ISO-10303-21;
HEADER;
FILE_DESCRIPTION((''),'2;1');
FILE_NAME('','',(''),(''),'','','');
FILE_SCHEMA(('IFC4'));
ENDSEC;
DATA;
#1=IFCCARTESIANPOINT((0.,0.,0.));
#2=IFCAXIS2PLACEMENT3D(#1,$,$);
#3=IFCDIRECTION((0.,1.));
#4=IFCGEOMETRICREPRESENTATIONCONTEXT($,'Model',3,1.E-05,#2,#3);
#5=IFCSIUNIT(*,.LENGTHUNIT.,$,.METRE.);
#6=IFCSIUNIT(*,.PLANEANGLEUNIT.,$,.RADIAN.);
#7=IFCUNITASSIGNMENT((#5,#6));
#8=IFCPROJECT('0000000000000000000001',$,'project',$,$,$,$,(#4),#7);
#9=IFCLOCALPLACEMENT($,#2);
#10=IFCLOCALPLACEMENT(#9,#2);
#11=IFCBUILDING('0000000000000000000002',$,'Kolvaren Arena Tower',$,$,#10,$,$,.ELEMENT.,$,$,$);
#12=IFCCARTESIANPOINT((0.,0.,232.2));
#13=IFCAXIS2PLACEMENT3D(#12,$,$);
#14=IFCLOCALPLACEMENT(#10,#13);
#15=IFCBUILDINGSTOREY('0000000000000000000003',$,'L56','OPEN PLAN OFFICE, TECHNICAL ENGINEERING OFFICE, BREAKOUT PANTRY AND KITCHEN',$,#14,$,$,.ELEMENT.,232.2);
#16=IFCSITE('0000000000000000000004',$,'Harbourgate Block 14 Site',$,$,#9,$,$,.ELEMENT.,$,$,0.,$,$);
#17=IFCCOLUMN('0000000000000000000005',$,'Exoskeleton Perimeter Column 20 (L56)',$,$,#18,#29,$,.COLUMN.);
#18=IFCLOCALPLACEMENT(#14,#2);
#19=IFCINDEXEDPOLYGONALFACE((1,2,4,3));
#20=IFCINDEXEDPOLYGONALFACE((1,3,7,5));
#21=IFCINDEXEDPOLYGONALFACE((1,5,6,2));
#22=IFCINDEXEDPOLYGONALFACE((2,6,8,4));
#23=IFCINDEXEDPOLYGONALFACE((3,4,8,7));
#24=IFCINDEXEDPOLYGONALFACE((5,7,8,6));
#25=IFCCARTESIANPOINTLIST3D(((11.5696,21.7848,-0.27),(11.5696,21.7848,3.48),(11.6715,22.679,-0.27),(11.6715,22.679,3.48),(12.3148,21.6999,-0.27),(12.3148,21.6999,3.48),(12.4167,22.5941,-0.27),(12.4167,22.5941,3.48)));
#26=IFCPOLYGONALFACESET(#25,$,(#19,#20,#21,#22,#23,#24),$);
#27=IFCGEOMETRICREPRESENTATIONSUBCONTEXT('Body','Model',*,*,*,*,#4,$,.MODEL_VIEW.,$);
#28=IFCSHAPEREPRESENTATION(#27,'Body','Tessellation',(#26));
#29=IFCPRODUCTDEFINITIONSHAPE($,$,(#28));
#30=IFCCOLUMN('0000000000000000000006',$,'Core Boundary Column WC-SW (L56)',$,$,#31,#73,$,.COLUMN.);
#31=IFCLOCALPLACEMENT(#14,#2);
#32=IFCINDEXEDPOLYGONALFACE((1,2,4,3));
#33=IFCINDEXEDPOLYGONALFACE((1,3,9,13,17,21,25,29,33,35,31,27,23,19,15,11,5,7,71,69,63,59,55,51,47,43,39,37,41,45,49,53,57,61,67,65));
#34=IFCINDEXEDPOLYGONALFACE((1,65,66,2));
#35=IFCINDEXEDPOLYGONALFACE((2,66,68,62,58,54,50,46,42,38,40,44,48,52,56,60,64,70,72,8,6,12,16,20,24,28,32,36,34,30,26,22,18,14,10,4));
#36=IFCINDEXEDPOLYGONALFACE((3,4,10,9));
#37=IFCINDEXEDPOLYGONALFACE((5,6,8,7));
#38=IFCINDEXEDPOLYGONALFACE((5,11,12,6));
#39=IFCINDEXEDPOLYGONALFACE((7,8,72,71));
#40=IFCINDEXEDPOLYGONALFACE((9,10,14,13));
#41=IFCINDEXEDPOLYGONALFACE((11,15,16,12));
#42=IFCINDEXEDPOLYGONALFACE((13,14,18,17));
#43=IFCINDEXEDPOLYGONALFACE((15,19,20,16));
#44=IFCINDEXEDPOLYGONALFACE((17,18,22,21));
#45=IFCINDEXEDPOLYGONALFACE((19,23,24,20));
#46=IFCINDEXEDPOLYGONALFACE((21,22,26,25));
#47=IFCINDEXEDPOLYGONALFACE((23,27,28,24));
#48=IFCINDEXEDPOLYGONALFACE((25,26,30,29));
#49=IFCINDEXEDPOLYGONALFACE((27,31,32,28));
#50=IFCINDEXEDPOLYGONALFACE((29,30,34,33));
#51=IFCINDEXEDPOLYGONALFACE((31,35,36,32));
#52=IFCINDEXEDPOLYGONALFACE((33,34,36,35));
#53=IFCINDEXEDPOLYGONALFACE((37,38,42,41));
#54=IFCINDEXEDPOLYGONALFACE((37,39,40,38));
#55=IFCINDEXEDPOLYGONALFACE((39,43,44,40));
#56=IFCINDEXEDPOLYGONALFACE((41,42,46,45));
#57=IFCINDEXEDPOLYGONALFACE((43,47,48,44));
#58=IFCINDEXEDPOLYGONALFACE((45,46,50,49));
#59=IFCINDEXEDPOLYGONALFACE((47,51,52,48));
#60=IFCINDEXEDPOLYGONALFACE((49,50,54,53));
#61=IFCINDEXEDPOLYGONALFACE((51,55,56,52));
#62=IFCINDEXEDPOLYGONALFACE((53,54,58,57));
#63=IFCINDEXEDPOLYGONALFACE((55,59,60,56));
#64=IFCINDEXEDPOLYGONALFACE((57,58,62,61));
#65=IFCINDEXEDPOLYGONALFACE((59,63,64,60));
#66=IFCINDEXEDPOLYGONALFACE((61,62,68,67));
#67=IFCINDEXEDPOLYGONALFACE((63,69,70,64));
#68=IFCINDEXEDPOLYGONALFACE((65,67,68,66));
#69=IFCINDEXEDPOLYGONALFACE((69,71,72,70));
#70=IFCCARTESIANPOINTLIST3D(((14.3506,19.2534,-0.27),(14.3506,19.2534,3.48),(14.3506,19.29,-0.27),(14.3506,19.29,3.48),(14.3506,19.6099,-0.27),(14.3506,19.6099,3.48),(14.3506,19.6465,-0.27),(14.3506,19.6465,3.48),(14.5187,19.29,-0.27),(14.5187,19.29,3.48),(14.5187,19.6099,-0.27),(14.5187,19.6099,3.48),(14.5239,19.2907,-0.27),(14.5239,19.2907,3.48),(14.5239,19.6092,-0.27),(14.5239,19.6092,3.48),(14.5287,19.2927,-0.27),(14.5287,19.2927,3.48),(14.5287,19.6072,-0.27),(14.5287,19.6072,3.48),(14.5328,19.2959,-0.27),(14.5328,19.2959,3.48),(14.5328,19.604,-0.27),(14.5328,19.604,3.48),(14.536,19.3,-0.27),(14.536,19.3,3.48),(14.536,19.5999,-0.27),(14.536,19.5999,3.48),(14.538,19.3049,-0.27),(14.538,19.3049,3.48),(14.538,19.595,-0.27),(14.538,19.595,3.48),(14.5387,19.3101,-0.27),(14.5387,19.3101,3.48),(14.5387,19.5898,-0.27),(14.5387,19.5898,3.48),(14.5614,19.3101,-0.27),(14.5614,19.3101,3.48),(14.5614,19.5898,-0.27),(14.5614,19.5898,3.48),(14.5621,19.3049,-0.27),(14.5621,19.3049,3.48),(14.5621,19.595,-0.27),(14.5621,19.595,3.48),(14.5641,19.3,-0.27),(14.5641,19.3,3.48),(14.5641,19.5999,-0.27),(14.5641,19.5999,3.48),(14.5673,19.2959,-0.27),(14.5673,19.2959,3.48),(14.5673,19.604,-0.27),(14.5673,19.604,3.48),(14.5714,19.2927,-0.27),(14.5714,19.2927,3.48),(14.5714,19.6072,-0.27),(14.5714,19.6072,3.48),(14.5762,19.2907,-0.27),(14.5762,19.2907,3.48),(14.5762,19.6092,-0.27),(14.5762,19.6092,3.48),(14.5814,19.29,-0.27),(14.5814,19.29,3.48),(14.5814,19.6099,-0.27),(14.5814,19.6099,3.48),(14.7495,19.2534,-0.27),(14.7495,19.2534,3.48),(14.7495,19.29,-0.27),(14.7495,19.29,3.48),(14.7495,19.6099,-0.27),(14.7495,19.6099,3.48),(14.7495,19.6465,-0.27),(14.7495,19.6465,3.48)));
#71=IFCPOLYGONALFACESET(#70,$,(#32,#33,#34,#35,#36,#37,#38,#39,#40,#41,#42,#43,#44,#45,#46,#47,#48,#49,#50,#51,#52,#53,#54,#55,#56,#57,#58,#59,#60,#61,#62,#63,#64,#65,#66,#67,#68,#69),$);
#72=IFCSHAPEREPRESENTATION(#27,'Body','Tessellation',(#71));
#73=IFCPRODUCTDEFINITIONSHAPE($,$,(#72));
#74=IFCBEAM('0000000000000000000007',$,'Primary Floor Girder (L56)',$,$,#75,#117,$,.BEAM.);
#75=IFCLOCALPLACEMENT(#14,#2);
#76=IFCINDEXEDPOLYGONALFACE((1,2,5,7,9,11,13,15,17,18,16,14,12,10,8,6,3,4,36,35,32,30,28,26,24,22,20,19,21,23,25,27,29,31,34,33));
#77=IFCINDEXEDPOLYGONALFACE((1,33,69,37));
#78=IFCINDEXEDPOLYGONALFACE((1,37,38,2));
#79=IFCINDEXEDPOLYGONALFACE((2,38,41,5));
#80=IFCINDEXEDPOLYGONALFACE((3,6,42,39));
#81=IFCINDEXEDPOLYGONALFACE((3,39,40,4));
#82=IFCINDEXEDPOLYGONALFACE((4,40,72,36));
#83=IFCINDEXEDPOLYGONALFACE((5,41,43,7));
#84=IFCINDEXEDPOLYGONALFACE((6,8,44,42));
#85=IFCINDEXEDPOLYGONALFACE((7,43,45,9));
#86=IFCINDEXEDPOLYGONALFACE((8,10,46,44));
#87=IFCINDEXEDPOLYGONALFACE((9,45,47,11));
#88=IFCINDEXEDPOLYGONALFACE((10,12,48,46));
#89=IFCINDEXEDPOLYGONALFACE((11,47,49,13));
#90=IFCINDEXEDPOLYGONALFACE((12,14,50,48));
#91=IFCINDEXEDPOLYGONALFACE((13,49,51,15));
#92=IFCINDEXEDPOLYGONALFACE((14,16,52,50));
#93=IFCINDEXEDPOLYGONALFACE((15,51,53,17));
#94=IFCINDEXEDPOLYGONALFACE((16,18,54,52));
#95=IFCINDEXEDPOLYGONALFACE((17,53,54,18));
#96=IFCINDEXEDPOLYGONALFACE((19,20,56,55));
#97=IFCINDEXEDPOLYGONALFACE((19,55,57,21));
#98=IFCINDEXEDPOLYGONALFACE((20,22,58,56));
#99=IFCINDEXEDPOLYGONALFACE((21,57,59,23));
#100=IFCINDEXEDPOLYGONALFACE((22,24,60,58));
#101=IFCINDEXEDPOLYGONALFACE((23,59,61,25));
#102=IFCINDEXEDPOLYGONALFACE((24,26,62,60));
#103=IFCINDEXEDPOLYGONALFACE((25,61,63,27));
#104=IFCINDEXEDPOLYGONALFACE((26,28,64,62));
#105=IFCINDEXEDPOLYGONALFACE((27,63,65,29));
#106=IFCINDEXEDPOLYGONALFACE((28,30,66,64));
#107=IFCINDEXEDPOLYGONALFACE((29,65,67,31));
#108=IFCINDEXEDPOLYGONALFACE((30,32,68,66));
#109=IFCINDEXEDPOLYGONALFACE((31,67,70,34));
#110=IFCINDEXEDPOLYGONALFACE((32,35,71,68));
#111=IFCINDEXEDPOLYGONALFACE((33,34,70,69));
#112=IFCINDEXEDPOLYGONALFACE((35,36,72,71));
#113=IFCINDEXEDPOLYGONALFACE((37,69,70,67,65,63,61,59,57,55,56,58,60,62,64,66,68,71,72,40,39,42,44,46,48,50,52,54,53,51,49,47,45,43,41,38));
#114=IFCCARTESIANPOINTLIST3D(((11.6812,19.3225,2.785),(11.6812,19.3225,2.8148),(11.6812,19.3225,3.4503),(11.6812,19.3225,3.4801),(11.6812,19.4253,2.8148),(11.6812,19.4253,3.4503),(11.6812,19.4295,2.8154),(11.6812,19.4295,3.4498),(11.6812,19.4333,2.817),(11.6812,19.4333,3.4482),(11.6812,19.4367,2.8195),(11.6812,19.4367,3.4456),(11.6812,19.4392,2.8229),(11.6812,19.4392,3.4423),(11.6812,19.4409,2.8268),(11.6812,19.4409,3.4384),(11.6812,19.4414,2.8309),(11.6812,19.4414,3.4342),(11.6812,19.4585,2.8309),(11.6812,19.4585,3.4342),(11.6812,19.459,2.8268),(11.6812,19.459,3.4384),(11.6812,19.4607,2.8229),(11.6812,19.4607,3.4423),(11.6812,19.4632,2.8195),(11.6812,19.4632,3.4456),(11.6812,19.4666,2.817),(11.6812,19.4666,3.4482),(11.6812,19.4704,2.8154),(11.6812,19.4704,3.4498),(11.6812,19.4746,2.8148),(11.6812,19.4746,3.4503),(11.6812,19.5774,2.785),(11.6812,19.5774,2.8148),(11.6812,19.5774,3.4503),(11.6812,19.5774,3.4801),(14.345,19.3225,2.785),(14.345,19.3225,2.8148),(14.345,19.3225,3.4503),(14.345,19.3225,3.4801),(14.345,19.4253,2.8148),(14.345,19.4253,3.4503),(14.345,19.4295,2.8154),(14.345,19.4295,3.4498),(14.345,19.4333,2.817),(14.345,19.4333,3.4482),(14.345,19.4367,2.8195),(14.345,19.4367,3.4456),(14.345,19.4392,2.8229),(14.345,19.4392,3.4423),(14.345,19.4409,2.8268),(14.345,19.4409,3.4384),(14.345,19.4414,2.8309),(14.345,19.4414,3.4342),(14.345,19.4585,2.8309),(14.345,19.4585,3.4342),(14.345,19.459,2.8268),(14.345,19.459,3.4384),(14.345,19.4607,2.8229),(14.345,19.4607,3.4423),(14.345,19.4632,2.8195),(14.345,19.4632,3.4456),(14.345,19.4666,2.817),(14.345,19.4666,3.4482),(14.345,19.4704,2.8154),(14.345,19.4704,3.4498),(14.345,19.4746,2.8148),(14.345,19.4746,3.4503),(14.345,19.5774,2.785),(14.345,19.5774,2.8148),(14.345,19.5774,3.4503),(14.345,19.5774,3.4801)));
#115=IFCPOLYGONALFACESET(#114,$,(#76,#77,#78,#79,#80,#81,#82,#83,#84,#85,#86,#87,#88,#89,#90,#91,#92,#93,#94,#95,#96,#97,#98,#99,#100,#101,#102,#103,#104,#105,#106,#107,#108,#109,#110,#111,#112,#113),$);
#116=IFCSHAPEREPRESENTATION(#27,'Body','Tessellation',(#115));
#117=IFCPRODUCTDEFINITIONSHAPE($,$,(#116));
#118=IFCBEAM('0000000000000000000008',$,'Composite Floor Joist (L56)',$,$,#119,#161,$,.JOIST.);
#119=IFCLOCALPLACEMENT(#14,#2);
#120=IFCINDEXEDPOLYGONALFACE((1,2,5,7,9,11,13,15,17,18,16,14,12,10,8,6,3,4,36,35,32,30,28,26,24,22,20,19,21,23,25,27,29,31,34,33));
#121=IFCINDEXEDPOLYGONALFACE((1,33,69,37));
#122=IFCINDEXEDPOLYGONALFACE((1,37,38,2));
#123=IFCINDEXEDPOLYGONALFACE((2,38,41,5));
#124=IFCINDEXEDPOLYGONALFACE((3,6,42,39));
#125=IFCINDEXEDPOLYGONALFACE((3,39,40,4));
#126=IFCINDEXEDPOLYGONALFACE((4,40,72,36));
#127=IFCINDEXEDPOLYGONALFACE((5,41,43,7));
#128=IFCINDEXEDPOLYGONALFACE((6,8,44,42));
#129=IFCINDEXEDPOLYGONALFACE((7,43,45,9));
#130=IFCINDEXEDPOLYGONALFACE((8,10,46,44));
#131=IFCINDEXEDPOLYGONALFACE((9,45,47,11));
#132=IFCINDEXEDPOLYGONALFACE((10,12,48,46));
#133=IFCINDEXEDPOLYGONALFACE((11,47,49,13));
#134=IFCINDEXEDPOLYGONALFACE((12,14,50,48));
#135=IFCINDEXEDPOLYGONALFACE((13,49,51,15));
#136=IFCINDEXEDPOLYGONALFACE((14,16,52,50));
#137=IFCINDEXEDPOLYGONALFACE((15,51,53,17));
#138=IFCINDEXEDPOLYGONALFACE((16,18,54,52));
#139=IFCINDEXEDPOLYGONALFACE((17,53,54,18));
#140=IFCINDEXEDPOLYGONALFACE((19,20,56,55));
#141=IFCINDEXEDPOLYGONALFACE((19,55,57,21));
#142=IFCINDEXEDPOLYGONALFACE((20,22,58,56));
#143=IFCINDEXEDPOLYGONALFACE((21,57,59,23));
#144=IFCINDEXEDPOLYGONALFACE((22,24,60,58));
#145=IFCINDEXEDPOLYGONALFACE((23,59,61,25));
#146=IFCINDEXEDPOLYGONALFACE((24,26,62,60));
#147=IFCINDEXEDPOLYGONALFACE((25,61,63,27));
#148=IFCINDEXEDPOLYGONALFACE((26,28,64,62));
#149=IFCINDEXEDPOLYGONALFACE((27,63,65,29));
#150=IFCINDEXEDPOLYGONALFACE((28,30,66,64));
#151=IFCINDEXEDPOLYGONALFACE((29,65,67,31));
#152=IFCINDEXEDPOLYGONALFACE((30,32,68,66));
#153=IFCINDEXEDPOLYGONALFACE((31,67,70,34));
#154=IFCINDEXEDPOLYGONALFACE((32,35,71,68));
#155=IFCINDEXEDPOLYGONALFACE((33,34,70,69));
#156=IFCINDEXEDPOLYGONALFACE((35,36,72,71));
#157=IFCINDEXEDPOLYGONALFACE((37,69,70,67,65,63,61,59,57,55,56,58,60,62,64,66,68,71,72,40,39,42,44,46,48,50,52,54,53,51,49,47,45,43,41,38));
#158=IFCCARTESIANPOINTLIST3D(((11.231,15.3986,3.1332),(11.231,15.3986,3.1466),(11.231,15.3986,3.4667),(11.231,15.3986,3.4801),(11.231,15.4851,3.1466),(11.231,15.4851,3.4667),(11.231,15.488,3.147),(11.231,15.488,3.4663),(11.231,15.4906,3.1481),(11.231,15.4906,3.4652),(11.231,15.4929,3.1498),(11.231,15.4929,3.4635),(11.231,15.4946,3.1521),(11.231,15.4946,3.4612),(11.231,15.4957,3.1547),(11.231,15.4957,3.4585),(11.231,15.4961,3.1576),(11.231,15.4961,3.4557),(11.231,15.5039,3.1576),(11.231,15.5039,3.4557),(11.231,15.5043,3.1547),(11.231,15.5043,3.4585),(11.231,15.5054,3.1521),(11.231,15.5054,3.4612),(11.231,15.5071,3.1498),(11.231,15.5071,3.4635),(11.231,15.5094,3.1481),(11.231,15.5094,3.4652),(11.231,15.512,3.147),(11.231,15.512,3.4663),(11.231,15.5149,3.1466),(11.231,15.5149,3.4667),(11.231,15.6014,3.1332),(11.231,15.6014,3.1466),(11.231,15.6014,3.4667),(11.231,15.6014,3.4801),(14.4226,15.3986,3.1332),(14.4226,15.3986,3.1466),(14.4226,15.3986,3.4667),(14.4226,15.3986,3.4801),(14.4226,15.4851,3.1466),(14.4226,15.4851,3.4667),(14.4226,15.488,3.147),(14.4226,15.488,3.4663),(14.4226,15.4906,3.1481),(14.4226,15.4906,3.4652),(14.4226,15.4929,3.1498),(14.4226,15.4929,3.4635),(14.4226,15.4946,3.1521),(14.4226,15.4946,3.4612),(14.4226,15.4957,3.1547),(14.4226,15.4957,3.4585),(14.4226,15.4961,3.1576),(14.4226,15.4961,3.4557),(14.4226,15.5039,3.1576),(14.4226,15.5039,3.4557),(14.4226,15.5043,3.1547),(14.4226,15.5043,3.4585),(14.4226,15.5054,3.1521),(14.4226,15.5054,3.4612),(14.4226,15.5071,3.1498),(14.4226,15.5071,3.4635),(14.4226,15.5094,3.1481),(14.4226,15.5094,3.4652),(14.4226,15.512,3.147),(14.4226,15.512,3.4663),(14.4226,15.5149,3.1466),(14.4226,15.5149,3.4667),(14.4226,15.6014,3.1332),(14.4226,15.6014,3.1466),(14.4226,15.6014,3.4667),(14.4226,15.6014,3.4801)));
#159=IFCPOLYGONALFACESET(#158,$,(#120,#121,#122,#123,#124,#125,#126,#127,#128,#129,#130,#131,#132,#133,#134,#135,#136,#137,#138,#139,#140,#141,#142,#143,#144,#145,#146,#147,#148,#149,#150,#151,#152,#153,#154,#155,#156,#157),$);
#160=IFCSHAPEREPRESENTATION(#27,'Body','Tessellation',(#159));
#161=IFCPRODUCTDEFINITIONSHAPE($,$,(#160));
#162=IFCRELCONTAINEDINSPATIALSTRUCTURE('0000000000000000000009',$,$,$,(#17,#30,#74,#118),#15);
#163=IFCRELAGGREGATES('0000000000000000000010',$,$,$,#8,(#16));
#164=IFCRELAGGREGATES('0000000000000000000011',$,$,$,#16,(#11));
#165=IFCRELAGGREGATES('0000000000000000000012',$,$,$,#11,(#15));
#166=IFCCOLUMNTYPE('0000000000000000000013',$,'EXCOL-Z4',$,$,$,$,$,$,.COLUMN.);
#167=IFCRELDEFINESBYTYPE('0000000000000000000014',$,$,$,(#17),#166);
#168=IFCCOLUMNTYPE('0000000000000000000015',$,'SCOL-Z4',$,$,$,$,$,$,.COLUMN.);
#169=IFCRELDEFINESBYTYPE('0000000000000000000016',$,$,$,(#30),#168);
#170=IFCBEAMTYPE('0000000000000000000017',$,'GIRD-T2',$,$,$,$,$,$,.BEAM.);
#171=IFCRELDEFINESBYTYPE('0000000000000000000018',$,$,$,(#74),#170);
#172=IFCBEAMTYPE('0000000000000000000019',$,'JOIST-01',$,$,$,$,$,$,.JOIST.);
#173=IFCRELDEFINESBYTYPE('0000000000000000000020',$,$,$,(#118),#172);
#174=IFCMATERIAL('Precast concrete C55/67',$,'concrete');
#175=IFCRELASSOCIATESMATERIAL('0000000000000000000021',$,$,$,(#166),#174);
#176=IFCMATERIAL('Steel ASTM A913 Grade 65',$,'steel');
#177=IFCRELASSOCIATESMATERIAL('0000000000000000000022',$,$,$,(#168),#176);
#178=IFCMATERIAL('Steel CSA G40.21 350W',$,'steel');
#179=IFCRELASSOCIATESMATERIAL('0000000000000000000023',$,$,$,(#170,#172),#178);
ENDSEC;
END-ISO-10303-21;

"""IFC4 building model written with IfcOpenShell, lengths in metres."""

from ifc_helpers import new_model, si_unit, direction, frame, origin, origin_2d, place, context, subcontext, project, spatial, rectangle, i_section, extrude, material, material_profile, profile_set, type_object, element, save


model = new_model("IFC4")

# Units and contexts
model_context = context("Model", 3, precision=1e-05, world=origin(), true_north=direction((0.0, 1.0)))
body_context = subcontext(model_context, "Body", "Model", "MODEL_VIEW")
ifc_project = project(units=[si_unit("LENGTHUNIT", "METRE"), si_unit("PLANEANGLEUNIT", "RADIAN")], contexts=[model_context])

# Site, building, storey
site_placement = place(None, origin())
site = spatial("IfcSite", under=ifc_project, at=site_placement, Name="Harbourgate Block 14 Site", CompositionType="ELEMENT", RefElevation=0.0)
building_placement = place(site_placement, origin())
building = spatial("IfcBuilding", under=site, at=building_placement, Name="Kolvaren Arena Tower", CompositionType="ELEMENT")
storey_placement = place(building_placement, frame((0.0, 0.0, 232.2)))
storey = spatial("IfcBuildingStorey", under=building, at=storey_placement, Name="L56", Description="OPEN PLAN OFFICE, TECHNICAL ENGINEERING OFFICE, BREAKOUT PANTRY AND KITCHEN", CompositionType="ELEMENT", Elevation=232.2)

# Columns
ifc_material_1 = material(Name="Precast concrete C55/67", Category="concrete")
ifc_material_profile_1 = material_profile(ifc_material_1, rectangle(XDim=0.8999, YDim=0.75, at=origin_2d()), Name="RC-900x750")
ifc_profile_set_1 = profile_set([ifc_material_profile_1], Name="Precast concrete C55/67")
column_type_1 = type_object("IfcColumnType", Name="EXCOL-Z4", PredefinedType="COLUMN", material=ifc_profile_set_1)
column_1_placement = place(storey_placement, frame((11.9932, 22.1895, -0.27), z_axis=(0.0, 0.0, 1.0), x_axis=(0.113203, 0.993572, 0.0)))
element("IfcColumn", 1, at=column_1_placement, inside=storey, type_object=column_type_1, Name="Exoskeleton Perimeter Column 20 (L56)", PredefinedType="COLUMN", context=body_context, shape_type="SweptSolid", body=[
    extrude(rectangle(XDim=0.8999, YDim=0.75, at=origin_2d()), origin(), (0.0, 0.0, 1.0), 3.75),
])
ifc_material_2 = material(Name="Steel ASTM A913 Grade 65", Category="steel")
ifc_material_profile_2 = material_profile(ifc_material_2, i_section(OverallWidth=0.3989, OverallDepth=0.3931, WebThickness=0.0227, FlangeThickness=0.0366, FilletRadius=0.02, at=origin_2d()), Name="W360x287")
ifc_profile_set_2 = profile_set([ifc_material_profile_2], Name="Steel ASTM A913 Grade 65")
column_type_2 = type_object("IfcColumnType", Name="SCOL-Z4", PredefinedType="COLUMN", material=ifc_profile_set_2)
column_2_placement = place(storey_placement, frame((14.55, 19.45, -0.27), z_axis=(0.0, 0.0, 1.0), x_axis=(1.0, 0.0, 0.0)))
element("IfcColumn", 2, at=column_2_placement, inside=storey, type_object=column_type_2, Name="Core Boundary Column WC-SW (L56)", PredefinedType="COLUMN", context=body_context, shape_type="SweptSolid", body=[
    extrude(i_section(OverallWidth=0.3989, OverallDepth=0.3931, WebThickness=0.0227, FlangeThickness=0.0366, FilletRadius=0.02, at=origin_2d()), origin(), (0.0, 0.0, 1.0), 3.75),
])

# Beams
ifc_material_3 = material(Name="Steel CSA G40.21 350W", Category="steel")
ifc_material_profile_3 = material_profile(ifc_material_3, i_section(OverallWidth=0.2549, OverallDepth=0.6951, WebThickness=0.0171, FlangeThickness=0.0298, FilletRadius=0.0161, at=origin_2d()), Name="W690x217")
ifc_profile_set_3 = profile_set([ifc_material_profile_3], Name="Steel CSA G40.21 350W")
beam_type_1 = type_object("IfcBeamType", Name="GIRD-T2", PredefinedType="BEAM", material=ifc_profile_set_3)
beam_1_placement = place(storey_placement, frame((11.6812, 19.45, 3.1326), z_axis=(1.0, 0.0, 0.0), x_axis=(0.0, 1.0, 0.0)))
element("IfcBeam", 3, at=beam_1_placement, inside=storey, type_object=beam_type_1, Name="Primary Floor Girder (L56)", PredefinedType="BEAM", context=body_context, shape_type="SweptSolid", body=[
    extrude(i_section(OverallWidth=0.2549, OverallDepth=0.6951, WebThickness=0.0171, FlangeThickness=0.0298, FilletRadius=0.0161, at=origin_2d()), origin(), (0.0, 0.0, 1.0), 2.6638),
])
ifc_material_profile_4 = material_profile(ifc_material_3, i_section(OverallWidth=0.2029, OverallDepth=0.3469, WebThickness=0.0078, FlangeThickness=0.0134, FilletRadius=0.011, at=origin_2d()), Name="W360x64")
ifc_profile_set_4 = profile_set([ifc_material_profile_4], Name="Steel CSA G40.21 350W")
beam_type_2 = type_object("IfcBeamType", Name="JOIST-01", PredefinedType="JOIST", material=ifc_profile_set_4)
beam_2_placement = place(storey_placement, frame((11.231, 15.5, 3.3066), z_axis=(1.0, 0.0, 0.0), x_axis=(0.0, 1.0, 0.0)))
element("IfcBeam", 4, at=beam_2_placement, inside=storey, type_object=beam_type_2, Name="Composite Floor Joist (L56)", PredefinedType="JOIST", context=body_context, shape_type="SweptSolid", body=[
    extrude(i_section(OverallWidth=0.2029, OverallDepth=0.3469, WebThickness=0.0078, FlangeThickness=0.0134, FilletRadius=0.011, at=origin_2d()), origin(), (0.0, 0.0, 1.0), 3.1917),
])

save(model, "model.ifc")
